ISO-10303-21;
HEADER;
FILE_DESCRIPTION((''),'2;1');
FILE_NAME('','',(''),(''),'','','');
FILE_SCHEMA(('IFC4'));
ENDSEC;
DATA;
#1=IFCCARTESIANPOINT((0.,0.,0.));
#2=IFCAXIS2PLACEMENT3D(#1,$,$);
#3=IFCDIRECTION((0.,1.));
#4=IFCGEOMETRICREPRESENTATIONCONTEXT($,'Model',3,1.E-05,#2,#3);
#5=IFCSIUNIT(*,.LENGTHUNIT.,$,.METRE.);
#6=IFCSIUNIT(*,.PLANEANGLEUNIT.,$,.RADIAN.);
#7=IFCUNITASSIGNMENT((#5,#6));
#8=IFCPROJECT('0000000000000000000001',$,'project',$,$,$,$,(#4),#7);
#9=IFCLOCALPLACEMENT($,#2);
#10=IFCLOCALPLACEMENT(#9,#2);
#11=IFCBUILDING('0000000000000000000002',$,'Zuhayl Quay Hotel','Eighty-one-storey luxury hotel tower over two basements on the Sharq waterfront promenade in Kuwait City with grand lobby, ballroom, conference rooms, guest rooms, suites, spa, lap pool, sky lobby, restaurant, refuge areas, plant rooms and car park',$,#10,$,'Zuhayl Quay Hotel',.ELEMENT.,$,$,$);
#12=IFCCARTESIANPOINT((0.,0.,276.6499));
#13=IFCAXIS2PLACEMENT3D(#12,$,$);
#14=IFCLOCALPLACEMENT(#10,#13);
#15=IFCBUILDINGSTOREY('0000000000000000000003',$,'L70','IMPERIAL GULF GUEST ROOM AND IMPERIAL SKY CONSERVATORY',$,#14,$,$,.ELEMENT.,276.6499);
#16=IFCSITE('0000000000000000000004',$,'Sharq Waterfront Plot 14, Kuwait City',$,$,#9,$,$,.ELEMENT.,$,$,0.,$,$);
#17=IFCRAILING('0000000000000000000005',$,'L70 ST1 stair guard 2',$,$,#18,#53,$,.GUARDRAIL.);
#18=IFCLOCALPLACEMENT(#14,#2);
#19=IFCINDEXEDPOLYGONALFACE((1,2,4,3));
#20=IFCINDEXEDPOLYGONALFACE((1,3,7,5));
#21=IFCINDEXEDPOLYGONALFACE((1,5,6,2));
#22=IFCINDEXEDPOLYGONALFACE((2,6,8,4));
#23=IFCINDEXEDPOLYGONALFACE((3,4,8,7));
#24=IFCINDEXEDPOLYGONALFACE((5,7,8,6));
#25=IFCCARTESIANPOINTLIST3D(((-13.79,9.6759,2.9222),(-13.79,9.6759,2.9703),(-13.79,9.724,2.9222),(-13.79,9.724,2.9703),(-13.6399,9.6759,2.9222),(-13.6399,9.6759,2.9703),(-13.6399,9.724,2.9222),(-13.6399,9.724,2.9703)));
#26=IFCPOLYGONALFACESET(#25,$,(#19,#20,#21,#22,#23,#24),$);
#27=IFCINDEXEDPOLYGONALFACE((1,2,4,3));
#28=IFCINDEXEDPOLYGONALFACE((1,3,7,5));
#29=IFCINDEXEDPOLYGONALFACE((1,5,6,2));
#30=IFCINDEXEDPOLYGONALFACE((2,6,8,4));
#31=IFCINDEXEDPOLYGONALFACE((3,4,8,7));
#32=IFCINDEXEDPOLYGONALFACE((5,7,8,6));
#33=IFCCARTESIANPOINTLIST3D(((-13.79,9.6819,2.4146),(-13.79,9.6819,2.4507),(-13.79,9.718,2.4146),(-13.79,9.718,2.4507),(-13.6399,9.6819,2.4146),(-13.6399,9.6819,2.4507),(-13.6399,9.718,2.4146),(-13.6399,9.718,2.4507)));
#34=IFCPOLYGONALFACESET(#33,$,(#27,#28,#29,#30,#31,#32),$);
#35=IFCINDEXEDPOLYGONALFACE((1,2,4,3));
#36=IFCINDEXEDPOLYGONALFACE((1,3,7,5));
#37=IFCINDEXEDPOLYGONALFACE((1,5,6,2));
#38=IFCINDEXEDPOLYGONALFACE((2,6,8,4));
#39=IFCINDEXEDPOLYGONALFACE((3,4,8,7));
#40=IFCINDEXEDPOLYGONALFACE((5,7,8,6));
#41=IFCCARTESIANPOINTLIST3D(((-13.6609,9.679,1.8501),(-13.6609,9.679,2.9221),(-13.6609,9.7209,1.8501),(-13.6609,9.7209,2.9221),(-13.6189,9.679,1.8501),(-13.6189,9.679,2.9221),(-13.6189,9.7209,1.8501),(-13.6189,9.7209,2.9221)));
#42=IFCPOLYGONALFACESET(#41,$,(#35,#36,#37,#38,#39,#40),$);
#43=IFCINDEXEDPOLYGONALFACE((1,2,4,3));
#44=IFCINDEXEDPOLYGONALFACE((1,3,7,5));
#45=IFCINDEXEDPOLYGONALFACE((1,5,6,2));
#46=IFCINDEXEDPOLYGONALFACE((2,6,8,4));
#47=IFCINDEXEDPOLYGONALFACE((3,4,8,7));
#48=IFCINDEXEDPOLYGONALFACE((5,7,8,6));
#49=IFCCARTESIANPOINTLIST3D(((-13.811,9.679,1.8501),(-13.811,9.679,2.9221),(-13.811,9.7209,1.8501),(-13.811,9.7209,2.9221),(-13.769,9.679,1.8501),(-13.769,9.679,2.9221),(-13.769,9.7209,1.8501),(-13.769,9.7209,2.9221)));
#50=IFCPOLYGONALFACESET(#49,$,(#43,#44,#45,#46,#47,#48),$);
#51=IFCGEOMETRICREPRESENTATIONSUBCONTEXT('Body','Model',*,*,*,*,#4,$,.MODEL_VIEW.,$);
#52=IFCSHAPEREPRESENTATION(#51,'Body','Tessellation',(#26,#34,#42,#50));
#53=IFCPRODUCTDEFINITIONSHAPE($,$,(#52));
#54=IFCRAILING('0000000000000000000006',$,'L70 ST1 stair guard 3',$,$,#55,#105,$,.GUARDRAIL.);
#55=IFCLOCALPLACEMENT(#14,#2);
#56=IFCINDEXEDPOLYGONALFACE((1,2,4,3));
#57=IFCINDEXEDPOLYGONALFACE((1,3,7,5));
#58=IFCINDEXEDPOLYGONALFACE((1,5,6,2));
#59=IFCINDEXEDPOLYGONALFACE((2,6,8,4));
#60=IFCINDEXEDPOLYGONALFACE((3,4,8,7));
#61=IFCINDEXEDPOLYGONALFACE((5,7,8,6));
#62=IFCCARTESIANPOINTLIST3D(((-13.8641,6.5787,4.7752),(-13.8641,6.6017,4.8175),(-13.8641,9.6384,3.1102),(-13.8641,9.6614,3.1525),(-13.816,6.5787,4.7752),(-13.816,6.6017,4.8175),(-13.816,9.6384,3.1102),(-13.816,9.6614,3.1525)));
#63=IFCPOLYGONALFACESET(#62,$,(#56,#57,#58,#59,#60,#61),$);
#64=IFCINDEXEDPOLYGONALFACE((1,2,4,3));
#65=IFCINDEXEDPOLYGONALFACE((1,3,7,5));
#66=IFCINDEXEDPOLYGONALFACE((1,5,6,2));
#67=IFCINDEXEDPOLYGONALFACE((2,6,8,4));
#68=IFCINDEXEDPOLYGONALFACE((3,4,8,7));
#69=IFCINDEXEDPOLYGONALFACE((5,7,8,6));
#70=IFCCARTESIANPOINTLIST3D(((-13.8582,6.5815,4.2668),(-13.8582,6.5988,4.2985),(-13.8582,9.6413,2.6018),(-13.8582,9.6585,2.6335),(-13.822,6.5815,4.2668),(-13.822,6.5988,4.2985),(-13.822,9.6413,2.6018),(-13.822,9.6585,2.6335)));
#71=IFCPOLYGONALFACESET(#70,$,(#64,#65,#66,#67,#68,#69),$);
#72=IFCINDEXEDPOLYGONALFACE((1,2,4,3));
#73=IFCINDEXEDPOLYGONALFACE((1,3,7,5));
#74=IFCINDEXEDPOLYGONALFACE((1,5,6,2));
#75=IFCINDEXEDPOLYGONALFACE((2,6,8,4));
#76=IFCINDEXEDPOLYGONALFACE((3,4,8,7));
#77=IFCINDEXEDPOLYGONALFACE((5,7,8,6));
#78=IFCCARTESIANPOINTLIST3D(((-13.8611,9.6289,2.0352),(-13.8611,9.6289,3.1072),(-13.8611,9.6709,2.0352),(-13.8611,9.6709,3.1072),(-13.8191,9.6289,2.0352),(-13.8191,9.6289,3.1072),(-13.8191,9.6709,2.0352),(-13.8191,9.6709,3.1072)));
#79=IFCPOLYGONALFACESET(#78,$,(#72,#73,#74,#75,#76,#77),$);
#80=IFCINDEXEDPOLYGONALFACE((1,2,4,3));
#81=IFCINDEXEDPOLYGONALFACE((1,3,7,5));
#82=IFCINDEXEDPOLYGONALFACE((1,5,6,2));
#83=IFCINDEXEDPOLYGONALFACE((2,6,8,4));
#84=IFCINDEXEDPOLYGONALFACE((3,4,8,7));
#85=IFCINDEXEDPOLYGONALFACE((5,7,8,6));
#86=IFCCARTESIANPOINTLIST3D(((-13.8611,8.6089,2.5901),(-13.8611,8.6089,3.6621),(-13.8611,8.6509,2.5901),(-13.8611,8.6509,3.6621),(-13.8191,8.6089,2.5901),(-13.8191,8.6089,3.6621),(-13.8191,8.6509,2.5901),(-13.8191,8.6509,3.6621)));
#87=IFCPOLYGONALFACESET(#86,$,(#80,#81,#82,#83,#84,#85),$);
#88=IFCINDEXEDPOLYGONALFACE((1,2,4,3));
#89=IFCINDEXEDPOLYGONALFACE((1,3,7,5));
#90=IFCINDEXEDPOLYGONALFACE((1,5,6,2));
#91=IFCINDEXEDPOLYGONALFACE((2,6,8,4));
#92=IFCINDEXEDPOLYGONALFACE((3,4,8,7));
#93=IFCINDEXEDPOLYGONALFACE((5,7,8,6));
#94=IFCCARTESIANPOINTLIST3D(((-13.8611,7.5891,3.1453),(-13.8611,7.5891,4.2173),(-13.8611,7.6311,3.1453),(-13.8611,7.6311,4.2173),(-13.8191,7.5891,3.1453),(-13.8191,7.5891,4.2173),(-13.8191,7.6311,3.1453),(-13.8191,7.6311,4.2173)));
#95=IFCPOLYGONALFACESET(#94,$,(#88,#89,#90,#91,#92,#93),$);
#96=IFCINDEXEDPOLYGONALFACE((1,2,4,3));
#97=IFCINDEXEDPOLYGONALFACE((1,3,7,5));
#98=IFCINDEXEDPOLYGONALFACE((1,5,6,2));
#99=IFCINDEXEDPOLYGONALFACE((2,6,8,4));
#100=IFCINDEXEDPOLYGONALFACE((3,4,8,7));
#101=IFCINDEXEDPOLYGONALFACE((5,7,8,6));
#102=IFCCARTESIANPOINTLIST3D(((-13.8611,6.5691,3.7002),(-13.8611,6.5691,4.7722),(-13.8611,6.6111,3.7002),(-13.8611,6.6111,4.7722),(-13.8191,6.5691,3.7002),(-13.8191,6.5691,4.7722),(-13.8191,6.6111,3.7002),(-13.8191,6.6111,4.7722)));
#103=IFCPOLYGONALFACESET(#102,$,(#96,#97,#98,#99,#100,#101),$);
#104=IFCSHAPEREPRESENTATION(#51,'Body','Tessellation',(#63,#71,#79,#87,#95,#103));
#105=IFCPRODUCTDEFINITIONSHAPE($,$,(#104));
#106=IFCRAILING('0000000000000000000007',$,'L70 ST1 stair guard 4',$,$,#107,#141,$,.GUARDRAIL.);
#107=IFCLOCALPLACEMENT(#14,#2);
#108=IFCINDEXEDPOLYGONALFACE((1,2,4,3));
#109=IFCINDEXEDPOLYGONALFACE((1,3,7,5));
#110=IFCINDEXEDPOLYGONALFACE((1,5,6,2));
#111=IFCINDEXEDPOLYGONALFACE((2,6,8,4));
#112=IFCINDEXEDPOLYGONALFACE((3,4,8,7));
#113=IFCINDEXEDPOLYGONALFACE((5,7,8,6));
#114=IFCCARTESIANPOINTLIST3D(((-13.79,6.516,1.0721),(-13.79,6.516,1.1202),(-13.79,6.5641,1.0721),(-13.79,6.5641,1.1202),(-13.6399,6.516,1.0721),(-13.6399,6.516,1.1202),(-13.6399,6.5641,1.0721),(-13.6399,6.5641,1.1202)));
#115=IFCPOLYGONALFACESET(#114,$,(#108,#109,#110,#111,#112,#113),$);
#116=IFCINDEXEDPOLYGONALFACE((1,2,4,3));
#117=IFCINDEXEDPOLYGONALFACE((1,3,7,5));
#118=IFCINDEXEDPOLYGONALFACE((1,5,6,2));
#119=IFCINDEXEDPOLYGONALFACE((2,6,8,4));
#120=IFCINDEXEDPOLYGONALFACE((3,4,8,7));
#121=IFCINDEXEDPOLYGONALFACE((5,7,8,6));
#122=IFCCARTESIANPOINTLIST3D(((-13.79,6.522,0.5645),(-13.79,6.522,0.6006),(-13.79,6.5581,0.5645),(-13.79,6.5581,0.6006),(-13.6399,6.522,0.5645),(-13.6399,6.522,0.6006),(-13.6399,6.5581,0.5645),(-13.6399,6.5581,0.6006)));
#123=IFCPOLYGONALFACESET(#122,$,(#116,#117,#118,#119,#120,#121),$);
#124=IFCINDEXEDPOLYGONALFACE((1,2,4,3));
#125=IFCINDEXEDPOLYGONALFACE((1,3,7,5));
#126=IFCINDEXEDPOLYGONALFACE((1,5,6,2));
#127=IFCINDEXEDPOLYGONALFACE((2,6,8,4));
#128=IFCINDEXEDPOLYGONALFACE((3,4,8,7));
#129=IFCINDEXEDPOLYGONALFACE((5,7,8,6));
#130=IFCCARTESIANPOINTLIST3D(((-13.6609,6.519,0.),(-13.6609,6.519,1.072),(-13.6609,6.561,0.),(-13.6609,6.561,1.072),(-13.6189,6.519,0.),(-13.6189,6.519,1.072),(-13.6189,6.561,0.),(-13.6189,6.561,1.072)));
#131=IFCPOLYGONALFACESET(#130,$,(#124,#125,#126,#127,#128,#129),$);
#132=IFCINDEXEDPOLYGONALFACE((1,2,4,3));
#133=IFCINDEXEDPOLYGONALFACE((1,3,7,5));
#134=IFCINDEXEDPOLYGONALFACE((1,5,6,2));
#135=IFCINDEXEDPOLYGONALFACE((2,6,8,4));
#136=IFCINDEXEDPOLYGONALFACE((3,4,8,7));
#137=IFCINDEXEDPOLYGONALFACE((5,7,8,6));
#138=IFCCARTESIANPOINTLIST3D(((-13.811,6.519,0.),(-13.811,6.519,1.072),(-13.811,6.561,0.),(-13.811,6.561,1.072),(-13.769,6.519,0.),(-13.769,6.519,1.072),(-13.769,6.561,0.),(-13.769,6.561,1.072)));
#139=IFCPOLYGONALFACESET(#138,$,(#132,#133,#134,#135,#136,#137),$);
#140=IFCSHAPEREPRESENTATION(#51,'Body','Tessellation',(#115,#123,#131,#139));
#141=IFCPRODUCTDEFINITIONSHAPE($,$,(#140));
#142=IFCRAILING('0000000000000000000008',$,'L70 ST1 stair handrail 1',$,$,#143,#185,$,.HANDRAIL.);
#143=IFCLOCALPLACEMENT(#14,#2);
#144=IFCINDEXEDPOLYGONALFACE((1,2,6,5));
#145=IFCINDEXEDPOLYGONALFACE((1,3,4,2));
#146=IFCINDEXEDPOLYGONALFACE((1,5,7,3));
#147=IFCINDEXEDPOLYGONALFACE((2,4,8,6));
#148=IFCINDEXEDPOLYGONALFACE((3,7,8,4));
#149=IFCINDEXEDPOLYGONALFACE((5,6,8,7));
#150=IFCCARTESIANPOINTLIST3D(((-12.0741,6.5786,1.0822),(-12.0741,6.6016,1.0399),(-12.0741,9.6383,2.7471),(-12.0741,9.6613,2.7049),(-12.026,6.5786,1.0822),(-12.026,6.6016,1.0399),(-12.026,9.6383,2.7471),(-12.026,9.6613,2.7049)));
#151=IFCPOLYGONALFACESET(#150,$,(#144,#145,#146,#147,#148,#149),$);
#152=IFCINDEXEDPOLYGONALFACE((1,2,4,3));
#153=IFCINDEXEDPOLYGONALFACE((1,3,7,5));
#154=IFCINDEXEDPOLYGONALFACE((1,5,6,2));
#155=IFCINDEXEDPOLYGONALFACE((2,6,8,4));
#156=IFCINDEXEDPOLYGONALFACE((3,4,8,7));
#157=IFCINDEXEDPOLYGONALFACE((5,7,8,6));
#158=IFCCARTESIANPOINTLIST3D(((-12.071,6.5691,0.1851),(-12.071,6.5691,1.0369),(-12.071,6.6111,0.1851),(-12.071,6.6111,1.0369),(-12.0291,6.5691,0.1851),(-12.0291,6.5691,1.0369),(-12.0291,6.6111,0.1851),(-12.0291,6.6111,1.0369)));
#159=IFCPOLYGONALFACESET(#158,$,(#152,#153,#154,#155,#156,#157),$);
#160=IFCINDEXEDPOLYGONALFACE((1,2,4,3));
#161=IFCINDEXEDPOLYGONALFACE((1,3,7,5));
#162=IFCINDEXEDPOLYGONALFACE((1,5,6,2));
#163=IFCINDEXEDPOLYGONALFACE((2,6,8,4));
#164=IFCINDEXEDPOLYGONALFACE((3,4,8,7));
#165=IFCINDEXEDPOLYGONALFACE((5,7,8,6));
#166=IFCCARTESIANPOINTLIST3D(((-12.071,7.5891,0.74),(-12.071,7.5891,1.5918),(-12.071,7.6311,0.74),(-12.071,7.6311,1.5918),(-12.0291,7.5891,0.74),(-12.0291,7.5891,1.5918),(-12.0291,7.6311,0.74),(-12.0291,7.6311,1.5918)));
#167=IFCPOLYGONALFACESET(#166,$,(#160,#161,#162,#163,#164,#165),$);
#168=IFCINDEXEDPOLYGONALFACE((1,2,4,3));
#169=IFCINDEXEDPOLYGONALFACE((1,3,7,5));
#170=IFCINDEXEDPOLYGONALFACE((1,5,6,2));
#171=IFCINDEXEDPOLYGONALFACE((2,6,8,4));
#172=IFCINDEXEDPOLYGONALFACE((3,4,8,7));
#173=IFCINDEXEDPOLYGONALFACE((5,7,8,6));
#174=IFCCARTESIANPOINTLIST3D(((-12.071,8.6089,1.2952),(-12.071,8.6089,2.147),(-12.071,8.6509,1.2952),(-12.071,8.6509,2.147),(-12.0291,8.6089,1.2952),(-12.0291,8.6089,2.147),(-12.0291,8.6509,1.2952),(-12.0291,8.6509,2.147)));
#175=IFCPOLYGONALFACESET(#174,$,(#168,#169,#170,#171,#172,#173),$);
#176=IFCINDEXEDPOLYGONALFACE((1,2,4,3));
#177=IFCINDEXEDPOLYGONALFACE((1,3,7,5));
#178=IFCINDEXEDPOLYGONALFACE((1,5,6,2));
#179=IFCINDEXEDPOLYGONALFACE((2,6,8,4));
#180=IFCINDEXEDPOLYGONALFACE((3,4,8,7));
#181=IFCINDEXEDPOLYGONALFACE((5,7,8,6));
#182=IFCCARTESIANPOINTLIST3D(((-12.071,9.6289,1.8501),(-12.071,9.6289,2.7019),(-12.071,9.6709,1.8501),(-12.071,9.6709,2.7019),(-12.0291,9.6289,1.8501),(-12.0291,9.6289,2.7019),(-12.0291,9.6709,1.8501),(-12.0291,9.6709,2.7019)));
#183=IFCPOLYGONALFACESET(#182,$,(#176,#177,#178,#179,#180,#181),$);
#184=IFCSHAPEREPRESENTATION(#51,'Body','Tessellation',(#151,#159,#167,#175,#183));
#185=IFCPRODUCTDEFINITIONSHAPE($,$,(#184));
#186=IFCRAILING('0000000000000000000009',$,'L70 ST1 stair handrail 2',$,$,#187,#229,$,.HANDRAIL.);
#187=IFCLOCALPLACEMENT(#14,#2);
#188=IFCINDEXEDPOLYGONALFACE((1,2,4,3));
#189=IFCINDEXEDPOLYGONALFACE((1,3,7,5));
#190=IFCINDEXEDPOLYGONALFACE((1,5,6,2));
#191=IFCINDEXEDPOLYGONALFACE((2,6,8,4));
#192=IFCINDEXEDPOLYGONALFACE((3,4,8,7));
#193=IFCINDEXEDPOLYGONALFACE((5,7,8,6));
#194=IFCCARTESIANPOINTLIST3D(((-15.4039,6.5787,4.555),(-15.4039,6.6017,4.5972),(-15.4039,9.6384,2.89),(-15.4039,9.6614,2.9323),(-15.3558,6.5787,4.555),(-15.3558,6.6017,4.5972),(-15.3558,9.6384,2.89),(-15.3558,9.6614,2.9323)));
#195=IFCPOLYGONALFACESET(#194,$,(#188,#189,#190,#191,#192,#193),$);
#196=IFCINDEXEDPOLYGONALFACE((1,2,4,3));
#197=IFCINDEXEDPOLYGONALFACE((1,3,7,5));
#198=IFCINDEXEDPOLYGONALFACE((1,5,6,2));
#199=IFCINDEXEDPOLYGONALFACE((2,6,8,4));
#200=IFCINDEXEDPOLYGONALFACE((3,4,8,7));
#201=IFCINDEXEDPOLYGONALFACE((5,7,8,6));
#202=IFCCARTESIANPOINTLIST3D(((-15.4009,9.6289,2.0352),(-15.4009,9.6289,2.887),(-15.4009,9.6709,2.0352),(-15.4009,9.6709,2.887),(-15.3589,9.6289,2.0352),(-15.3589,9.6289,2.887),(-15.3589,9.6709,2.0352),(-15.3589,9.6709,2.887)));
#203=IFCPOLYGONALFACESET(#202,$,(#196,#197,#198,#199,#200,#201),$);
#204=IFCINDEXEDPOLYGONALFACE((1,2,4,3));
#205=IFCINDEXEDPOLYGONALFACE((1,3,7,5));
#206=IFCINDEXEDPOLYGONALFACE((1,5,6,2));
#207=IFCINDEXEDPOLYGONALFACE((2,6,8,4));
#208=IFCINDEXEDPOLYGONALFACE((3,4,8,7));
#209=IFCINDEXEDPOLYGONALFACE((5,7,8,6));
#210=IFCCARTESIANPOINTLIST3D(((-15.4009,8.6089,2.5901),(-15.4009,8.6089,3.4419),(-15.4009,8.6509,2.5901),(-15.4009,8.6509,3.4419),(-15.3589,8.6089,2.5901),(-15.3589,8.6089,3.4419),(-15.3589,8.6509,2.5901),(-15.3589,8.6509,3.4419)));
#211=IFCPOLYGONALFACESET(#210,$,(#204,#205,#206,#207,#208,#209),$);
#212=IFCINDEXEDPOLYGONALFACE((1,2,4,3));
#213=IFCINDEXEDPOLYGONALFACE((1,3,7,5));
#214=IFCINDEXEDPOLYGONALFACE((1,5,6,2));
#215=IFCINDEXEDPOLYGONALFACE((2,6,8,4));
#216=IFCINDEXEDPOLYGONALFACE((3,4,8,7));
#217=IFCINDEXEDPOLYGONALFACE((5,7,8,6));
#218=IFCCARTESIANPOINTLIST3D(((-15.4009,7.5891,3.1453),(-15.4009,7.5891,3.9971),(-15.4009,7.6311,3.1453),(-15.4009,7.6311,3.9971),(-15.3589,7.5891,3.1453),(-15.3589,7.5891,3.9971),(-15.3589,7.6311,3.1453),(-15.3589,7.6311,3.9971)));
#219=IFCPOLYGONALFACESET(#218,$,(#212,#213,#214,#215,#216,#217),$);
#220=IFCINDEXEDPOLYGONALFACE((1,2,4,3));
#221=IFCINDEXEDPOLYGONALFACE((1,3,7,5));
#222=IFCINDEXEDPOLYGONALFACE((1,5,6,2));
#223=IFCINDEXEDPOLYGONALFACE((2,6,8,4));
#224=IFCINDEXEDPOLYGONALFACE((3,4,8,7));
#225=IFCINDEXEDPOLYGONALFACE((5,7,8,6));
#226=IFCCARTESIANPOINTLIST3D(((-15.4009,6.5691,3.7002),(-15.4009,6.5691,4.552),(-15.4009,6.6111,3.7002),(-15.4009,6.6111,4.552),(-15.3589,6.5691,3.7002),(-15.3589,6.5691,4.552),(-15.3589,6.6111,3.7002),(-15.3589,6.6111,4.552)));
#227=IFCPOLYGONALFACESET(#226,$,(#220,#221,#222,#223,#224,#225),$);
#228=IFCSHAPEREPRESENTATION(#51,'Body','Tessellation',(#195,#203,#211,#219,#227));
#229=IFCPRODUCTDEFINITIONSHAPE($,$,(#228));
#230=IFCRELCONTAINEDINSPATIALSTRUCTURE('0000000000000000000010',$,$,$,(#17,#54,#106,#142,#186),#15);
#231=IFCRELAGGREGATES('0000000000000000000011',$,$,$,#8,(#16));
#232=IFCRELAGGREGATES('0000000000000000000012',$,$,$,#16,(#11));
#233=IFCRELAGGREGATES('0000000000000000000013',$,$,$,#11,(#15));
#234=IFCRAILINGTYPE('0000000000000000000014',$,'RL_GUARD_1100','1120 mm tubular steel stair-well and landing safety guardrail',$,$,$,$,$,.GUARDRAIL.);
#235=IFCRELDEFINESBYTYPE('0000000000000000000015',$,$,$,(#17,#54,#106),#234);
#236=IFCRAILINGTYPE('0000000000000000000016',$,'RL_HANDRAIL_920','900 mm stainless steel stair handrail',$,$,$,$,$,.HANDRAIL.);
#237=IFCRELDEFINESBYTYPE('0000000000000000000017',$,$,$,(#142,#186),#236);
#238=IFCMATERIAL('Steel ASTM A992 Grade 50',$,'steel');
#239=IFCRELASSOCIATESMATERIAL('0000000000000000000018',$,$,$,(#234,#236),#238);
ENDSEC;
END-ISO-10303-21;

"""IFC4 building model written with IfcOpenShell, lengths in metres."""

from ifc_helpers import new_model, si_unit, direction, frame, origin, origin_2d, place, context, subcontext, project, spatial, rectangle, extrude, material, type_object, element, save


model = new_model("IFC4")

# Units and contexts
model_context = context("Model", 3, precision=1e-05, world=origin(), true_north=direction((0.0, 1.0)))
body_context = subcontext(model_context, "Body", "Model", "MODEL_VIEW")
ifc_project = project(units=[si_unit("LENGTHUNIT", "METRE"), si_unit("PLANEANGLEUNIT", "RADIAN")], contexts=[model_context])

# Site, building, storey
site_placement = place(None, origin())
site = spatial("IfcSite", under=ifc_project, at=site_placement, Name="Sharq Waterfront Plot 14, Kuwait City", CompositionType="ELEMENT", RefElevation=0.0)
building_placement = place(site_placement, origin())
building = spatial("IfcBuilding", under=site, at=building_placement, Name="Zuhayl Quay Hotel", Description="Eighty-one-storey luxury hotel tower over two basements on the Sharq waterfront promenade in Kuwait City with grand lobby, ballroom, conference rooms, guest rooms, suites, spa, lap pool, sky lobby, restaurant, refuge areas, plant rooms and car park", LongName="Zuhayl Quay Hotel", CompositionType="ELEMENT")
storey_placement = place(building_placement, frame((0.0, 0.0, 276.6499)))
storey = spatial("IfcBuildingStorey", under=building, at=storey_placement, Name="L70", Description="IMPERIAL GULF GUEST ROOM AND IMPERIAL SKY CONSERVATORY", CompositionType="ELEMENT", Elevation=276.6499)

# Shared definitions
ifc_material_1 = material(Name="Steel ASTM A992 Grade 50", Category="steel")

# Railings
railing_type_1 = type_object("IfcRailingType", Name="RL_GUARD_1100", Description="1120 mm tubular steel stair-well and landing safety guardrail", PredefinedType="GUARDRAIL", material=ifc_material_1)
railing_1_placement = place(storey_placement, frame((-13.6399, 9.7, 1.8501)))
element("IfcRailing", 1, at=railing_1_placement, inside=storey, type_object=railing_type_1, Name="L70 ST1 stair guard 2", PredefinedType="GUARDRAIL", context=body_context, shape_type="SweptSolid", body=[
    extrude(rectangle(XDim=0.0481, YDim=0.0481, at=origin_2d()), frame((0.0, 0.0, 1.0962), z_axis=(-1.0, 0.0, 0.0), x_axis=(0.0, -1.0, 0.0)), (0.0, 0.0, 1.0), 0.1501),
    extrude(rectangle(XDim=0.0361, YDim=0.0361, at=origin_2d()), frame((0.0, 0.0, 0.5825), z_axis=(-1.0, 0.0, 0.0), x_axis=(0.0, -1.0, 0.0)), (0.0, 0.0, 1.0), 0.1501),
    extrude(rectangle(XDim=0.042, YDim=0.042, at=origin_2d()), origin(), (0.0, 0.0, 1.0), 1.072),
    extrude(rectangle(XDim=0.042, YDim=0.042, at=origin_2d()), frame((-0.1501, 0.0, 0.0)), (0.0, 0.0, 1.0), 1.072),
])
railing_2_placement = place(storey_placement, frame((-13.8401, 9.6499, 2.0352)))
element("IfcRailing", 2, at=railing_2_placement, inside=storey, type_object=railing_type_1, Name="L70 ST1 stair guard 3", PredefinedType="GUARDRAIL", context=body_context, shape_type="SweptSolid", body=[
    extrude(rectangle(XDim=0.0481, YDim=0.0481, at=origin_2d()), frame((0.0, 0.0, 1.0962), z_axis=(0.0, -0.878372, 0.477978), x_axis=(1.0, 0.0, 0.0)), (0.0, 0.0, 1.0), 3.4834),
    extrude(rectangle(XDim=0.0361, YDim=0.0361, at=origin_2d()), frame((0.0, 0.0, 0.5825), z_axis=(0.0, -0.878372, 0.477978), x_axis=(1.0, 0.0, 0.0)), (0.0, 0.0, 1.0), 3.4834),
    extrude(rectangle(XDim=0.042, YDim=0.042, at=origin_2d()), origin(), (0.0, 0.0, 1.0), 1.072),
    extrude(rectangle(XDim=0.042, YDim=0.042, at=origin_2d()), frame((0.0, -1.02, 0.5549)), (0.0, 0.0, 1.0), 1.072),
    extrude(rectangle(XDim=0.042, YDim=0.042, at=origin_2d()), frame((0.0, -2.0398, 1.1101)), (0.0, 0.0, 1.0), 1.072),
    extrude(rectangle(XDim=0.042, YDim=0.042, at=origin_2d()), frame((0.0, -3.0598, 1.665)), (0.0, 0.0, 1.0), 1.072),
])
railing_3_placement = place(storey_placement, frame((-13.6399, 6.54, 0.0)))
element("IfcRailing", 3, at=railing_3_placement, inside=storey, type_object=railing_type_1, Name="L70 ST1 stair guard 4", PredefinedType="GUARDRAIL", context=body_context, shape_type="SweptSolid", body=[
    extrude(rectangle(XDim=0.0481, YDim=0.0481, at=origin_2d()), frame((0.0, 0.0, 1.0962), z_axis=(-1.0, 0.0, 0.0), x_axis=(0.0, -1.0, 0.0)), (0.0, 0.0, 1.0), 0.1501),
    extrude(rectangle(XDim=0.0361, YDim=0.0361, at=origin_2d()), frame((0.0, 0.0, 0.5825), z_axis=(-1.0, 0.0, 0.0), x_axis=(0.0, -1.0, 0.0)), (0.0, 0.0, 1.0), 0.1501),
    extrude(rectangle(XDim=0.042, YDim=0.042, at=origin_2d()), origin(), (0.0, 0.0, 1.0), 1.072),
    extrude(rectangle(XDim=0.042, YDim=0.042, at=origin_2d()), frame((-0.1501, 0.0, 0.0)), (0.0, 0.0, 1.0), 1.072),
])
railing_type_2 = type_object("IfcRailingType", Name="RL_HANDRAIL_920", Description="900 mm stainless steel stair handrail", PredefinedType="HANDRAIL", material=ifc_material_1)
railing_4_placement = place(storey_placement, frame((-12.05, 6.5901, 0.1851)))
element("IfcRailing", 4, at=railing_4_placement, inside=storey, type_object=railing_type_2, Name="L70 ST1 stair handrail 1", PredefinedType="HANDRAIL", context=body_context, shape_type="SweptSolid", body=[
    extrude(rectangle(XDim=0.0481, YDim=0.0481, at=origin_2d()), frame((0.0, 0.0, 0.876), z_axis=(0.0, 0.878372, 0.477978), x_axis=(-1.0, 0.0, 0.0)), (0.0, 0.0, 1.0), 3.4834),
    extrude(rectangle(XDim=0.042, YDim=0.042, at=origin_2d()), origin(), (0.0, 0.0, 1.0), 0.8518),
    extrude(rectangle(XDim=0.042, YDim=0.042, at=origin_2d()), frame((0.0, 1.02, 0.5549)), (0.0, 0.0, 1.0), 0.8518),
    extrude(rectangle(XDim=0.042, YDim=0.042, at=origin_2d()), frame((0.0, 2.0398, 1.1101)), (0.0, 0.0, 1.0), 0.8518),
    extrude(rectangle(XDim=0.042, YDim=0.042, at=origin_2d()), frame((0.0, 3.0598, 1.665)), (0.0, 0.0, 1.0), 0.8518),
])
railing_5_placement = place(storey_placement, frame((-15.3799, 9.6499, 2.0352)))
element("IfcRailing", 5, at=railing_5_placement, inside=storey, type_object=railing_type_2, Name="L70 ST1 stair handrail 2", PredefinedType="HANDRAIL", context=body_context, shape_type="SweptSolid", body=[
    extrude(rectangle(XDim=0.0481, YDim=0.0481, at=origin_2d()), frame((0.0, 0.0, 0.876), z_axis=(0.0, -0.878372, 0.477978), x_axis=(1.0, 0.0, 0.0)), (0.0, 0.0, 1.0), 3.4834),
    extrude(rectangle(XDim=0.042, YDim=0.042, at=origin_2d()), origin(), (0.0, 0.0, 1.0), 0.8518),
    extrude(rectangle(XDim=0.042, YDim=0.042, at=origin_2d()), frame((0.0, -1.02, 0.5549)), (0.0, 0.0, 1.0), 0.8518),
    extrude(rectangle(XDim=0.042, YDim=0.042, at=origin_2d()), frame((0.0, -2.0398, 1.1101)), (0.0, 0.0, 1.0), 0.8518),
    extrude(rectangle(XDim=0.042, YDim=0.042, at=origin_2d()), frame((0.0, -3.0598, 1.665)), (0.0, 0.0, 1.0), 0.8518),
])

save(model, "model.ifc")
